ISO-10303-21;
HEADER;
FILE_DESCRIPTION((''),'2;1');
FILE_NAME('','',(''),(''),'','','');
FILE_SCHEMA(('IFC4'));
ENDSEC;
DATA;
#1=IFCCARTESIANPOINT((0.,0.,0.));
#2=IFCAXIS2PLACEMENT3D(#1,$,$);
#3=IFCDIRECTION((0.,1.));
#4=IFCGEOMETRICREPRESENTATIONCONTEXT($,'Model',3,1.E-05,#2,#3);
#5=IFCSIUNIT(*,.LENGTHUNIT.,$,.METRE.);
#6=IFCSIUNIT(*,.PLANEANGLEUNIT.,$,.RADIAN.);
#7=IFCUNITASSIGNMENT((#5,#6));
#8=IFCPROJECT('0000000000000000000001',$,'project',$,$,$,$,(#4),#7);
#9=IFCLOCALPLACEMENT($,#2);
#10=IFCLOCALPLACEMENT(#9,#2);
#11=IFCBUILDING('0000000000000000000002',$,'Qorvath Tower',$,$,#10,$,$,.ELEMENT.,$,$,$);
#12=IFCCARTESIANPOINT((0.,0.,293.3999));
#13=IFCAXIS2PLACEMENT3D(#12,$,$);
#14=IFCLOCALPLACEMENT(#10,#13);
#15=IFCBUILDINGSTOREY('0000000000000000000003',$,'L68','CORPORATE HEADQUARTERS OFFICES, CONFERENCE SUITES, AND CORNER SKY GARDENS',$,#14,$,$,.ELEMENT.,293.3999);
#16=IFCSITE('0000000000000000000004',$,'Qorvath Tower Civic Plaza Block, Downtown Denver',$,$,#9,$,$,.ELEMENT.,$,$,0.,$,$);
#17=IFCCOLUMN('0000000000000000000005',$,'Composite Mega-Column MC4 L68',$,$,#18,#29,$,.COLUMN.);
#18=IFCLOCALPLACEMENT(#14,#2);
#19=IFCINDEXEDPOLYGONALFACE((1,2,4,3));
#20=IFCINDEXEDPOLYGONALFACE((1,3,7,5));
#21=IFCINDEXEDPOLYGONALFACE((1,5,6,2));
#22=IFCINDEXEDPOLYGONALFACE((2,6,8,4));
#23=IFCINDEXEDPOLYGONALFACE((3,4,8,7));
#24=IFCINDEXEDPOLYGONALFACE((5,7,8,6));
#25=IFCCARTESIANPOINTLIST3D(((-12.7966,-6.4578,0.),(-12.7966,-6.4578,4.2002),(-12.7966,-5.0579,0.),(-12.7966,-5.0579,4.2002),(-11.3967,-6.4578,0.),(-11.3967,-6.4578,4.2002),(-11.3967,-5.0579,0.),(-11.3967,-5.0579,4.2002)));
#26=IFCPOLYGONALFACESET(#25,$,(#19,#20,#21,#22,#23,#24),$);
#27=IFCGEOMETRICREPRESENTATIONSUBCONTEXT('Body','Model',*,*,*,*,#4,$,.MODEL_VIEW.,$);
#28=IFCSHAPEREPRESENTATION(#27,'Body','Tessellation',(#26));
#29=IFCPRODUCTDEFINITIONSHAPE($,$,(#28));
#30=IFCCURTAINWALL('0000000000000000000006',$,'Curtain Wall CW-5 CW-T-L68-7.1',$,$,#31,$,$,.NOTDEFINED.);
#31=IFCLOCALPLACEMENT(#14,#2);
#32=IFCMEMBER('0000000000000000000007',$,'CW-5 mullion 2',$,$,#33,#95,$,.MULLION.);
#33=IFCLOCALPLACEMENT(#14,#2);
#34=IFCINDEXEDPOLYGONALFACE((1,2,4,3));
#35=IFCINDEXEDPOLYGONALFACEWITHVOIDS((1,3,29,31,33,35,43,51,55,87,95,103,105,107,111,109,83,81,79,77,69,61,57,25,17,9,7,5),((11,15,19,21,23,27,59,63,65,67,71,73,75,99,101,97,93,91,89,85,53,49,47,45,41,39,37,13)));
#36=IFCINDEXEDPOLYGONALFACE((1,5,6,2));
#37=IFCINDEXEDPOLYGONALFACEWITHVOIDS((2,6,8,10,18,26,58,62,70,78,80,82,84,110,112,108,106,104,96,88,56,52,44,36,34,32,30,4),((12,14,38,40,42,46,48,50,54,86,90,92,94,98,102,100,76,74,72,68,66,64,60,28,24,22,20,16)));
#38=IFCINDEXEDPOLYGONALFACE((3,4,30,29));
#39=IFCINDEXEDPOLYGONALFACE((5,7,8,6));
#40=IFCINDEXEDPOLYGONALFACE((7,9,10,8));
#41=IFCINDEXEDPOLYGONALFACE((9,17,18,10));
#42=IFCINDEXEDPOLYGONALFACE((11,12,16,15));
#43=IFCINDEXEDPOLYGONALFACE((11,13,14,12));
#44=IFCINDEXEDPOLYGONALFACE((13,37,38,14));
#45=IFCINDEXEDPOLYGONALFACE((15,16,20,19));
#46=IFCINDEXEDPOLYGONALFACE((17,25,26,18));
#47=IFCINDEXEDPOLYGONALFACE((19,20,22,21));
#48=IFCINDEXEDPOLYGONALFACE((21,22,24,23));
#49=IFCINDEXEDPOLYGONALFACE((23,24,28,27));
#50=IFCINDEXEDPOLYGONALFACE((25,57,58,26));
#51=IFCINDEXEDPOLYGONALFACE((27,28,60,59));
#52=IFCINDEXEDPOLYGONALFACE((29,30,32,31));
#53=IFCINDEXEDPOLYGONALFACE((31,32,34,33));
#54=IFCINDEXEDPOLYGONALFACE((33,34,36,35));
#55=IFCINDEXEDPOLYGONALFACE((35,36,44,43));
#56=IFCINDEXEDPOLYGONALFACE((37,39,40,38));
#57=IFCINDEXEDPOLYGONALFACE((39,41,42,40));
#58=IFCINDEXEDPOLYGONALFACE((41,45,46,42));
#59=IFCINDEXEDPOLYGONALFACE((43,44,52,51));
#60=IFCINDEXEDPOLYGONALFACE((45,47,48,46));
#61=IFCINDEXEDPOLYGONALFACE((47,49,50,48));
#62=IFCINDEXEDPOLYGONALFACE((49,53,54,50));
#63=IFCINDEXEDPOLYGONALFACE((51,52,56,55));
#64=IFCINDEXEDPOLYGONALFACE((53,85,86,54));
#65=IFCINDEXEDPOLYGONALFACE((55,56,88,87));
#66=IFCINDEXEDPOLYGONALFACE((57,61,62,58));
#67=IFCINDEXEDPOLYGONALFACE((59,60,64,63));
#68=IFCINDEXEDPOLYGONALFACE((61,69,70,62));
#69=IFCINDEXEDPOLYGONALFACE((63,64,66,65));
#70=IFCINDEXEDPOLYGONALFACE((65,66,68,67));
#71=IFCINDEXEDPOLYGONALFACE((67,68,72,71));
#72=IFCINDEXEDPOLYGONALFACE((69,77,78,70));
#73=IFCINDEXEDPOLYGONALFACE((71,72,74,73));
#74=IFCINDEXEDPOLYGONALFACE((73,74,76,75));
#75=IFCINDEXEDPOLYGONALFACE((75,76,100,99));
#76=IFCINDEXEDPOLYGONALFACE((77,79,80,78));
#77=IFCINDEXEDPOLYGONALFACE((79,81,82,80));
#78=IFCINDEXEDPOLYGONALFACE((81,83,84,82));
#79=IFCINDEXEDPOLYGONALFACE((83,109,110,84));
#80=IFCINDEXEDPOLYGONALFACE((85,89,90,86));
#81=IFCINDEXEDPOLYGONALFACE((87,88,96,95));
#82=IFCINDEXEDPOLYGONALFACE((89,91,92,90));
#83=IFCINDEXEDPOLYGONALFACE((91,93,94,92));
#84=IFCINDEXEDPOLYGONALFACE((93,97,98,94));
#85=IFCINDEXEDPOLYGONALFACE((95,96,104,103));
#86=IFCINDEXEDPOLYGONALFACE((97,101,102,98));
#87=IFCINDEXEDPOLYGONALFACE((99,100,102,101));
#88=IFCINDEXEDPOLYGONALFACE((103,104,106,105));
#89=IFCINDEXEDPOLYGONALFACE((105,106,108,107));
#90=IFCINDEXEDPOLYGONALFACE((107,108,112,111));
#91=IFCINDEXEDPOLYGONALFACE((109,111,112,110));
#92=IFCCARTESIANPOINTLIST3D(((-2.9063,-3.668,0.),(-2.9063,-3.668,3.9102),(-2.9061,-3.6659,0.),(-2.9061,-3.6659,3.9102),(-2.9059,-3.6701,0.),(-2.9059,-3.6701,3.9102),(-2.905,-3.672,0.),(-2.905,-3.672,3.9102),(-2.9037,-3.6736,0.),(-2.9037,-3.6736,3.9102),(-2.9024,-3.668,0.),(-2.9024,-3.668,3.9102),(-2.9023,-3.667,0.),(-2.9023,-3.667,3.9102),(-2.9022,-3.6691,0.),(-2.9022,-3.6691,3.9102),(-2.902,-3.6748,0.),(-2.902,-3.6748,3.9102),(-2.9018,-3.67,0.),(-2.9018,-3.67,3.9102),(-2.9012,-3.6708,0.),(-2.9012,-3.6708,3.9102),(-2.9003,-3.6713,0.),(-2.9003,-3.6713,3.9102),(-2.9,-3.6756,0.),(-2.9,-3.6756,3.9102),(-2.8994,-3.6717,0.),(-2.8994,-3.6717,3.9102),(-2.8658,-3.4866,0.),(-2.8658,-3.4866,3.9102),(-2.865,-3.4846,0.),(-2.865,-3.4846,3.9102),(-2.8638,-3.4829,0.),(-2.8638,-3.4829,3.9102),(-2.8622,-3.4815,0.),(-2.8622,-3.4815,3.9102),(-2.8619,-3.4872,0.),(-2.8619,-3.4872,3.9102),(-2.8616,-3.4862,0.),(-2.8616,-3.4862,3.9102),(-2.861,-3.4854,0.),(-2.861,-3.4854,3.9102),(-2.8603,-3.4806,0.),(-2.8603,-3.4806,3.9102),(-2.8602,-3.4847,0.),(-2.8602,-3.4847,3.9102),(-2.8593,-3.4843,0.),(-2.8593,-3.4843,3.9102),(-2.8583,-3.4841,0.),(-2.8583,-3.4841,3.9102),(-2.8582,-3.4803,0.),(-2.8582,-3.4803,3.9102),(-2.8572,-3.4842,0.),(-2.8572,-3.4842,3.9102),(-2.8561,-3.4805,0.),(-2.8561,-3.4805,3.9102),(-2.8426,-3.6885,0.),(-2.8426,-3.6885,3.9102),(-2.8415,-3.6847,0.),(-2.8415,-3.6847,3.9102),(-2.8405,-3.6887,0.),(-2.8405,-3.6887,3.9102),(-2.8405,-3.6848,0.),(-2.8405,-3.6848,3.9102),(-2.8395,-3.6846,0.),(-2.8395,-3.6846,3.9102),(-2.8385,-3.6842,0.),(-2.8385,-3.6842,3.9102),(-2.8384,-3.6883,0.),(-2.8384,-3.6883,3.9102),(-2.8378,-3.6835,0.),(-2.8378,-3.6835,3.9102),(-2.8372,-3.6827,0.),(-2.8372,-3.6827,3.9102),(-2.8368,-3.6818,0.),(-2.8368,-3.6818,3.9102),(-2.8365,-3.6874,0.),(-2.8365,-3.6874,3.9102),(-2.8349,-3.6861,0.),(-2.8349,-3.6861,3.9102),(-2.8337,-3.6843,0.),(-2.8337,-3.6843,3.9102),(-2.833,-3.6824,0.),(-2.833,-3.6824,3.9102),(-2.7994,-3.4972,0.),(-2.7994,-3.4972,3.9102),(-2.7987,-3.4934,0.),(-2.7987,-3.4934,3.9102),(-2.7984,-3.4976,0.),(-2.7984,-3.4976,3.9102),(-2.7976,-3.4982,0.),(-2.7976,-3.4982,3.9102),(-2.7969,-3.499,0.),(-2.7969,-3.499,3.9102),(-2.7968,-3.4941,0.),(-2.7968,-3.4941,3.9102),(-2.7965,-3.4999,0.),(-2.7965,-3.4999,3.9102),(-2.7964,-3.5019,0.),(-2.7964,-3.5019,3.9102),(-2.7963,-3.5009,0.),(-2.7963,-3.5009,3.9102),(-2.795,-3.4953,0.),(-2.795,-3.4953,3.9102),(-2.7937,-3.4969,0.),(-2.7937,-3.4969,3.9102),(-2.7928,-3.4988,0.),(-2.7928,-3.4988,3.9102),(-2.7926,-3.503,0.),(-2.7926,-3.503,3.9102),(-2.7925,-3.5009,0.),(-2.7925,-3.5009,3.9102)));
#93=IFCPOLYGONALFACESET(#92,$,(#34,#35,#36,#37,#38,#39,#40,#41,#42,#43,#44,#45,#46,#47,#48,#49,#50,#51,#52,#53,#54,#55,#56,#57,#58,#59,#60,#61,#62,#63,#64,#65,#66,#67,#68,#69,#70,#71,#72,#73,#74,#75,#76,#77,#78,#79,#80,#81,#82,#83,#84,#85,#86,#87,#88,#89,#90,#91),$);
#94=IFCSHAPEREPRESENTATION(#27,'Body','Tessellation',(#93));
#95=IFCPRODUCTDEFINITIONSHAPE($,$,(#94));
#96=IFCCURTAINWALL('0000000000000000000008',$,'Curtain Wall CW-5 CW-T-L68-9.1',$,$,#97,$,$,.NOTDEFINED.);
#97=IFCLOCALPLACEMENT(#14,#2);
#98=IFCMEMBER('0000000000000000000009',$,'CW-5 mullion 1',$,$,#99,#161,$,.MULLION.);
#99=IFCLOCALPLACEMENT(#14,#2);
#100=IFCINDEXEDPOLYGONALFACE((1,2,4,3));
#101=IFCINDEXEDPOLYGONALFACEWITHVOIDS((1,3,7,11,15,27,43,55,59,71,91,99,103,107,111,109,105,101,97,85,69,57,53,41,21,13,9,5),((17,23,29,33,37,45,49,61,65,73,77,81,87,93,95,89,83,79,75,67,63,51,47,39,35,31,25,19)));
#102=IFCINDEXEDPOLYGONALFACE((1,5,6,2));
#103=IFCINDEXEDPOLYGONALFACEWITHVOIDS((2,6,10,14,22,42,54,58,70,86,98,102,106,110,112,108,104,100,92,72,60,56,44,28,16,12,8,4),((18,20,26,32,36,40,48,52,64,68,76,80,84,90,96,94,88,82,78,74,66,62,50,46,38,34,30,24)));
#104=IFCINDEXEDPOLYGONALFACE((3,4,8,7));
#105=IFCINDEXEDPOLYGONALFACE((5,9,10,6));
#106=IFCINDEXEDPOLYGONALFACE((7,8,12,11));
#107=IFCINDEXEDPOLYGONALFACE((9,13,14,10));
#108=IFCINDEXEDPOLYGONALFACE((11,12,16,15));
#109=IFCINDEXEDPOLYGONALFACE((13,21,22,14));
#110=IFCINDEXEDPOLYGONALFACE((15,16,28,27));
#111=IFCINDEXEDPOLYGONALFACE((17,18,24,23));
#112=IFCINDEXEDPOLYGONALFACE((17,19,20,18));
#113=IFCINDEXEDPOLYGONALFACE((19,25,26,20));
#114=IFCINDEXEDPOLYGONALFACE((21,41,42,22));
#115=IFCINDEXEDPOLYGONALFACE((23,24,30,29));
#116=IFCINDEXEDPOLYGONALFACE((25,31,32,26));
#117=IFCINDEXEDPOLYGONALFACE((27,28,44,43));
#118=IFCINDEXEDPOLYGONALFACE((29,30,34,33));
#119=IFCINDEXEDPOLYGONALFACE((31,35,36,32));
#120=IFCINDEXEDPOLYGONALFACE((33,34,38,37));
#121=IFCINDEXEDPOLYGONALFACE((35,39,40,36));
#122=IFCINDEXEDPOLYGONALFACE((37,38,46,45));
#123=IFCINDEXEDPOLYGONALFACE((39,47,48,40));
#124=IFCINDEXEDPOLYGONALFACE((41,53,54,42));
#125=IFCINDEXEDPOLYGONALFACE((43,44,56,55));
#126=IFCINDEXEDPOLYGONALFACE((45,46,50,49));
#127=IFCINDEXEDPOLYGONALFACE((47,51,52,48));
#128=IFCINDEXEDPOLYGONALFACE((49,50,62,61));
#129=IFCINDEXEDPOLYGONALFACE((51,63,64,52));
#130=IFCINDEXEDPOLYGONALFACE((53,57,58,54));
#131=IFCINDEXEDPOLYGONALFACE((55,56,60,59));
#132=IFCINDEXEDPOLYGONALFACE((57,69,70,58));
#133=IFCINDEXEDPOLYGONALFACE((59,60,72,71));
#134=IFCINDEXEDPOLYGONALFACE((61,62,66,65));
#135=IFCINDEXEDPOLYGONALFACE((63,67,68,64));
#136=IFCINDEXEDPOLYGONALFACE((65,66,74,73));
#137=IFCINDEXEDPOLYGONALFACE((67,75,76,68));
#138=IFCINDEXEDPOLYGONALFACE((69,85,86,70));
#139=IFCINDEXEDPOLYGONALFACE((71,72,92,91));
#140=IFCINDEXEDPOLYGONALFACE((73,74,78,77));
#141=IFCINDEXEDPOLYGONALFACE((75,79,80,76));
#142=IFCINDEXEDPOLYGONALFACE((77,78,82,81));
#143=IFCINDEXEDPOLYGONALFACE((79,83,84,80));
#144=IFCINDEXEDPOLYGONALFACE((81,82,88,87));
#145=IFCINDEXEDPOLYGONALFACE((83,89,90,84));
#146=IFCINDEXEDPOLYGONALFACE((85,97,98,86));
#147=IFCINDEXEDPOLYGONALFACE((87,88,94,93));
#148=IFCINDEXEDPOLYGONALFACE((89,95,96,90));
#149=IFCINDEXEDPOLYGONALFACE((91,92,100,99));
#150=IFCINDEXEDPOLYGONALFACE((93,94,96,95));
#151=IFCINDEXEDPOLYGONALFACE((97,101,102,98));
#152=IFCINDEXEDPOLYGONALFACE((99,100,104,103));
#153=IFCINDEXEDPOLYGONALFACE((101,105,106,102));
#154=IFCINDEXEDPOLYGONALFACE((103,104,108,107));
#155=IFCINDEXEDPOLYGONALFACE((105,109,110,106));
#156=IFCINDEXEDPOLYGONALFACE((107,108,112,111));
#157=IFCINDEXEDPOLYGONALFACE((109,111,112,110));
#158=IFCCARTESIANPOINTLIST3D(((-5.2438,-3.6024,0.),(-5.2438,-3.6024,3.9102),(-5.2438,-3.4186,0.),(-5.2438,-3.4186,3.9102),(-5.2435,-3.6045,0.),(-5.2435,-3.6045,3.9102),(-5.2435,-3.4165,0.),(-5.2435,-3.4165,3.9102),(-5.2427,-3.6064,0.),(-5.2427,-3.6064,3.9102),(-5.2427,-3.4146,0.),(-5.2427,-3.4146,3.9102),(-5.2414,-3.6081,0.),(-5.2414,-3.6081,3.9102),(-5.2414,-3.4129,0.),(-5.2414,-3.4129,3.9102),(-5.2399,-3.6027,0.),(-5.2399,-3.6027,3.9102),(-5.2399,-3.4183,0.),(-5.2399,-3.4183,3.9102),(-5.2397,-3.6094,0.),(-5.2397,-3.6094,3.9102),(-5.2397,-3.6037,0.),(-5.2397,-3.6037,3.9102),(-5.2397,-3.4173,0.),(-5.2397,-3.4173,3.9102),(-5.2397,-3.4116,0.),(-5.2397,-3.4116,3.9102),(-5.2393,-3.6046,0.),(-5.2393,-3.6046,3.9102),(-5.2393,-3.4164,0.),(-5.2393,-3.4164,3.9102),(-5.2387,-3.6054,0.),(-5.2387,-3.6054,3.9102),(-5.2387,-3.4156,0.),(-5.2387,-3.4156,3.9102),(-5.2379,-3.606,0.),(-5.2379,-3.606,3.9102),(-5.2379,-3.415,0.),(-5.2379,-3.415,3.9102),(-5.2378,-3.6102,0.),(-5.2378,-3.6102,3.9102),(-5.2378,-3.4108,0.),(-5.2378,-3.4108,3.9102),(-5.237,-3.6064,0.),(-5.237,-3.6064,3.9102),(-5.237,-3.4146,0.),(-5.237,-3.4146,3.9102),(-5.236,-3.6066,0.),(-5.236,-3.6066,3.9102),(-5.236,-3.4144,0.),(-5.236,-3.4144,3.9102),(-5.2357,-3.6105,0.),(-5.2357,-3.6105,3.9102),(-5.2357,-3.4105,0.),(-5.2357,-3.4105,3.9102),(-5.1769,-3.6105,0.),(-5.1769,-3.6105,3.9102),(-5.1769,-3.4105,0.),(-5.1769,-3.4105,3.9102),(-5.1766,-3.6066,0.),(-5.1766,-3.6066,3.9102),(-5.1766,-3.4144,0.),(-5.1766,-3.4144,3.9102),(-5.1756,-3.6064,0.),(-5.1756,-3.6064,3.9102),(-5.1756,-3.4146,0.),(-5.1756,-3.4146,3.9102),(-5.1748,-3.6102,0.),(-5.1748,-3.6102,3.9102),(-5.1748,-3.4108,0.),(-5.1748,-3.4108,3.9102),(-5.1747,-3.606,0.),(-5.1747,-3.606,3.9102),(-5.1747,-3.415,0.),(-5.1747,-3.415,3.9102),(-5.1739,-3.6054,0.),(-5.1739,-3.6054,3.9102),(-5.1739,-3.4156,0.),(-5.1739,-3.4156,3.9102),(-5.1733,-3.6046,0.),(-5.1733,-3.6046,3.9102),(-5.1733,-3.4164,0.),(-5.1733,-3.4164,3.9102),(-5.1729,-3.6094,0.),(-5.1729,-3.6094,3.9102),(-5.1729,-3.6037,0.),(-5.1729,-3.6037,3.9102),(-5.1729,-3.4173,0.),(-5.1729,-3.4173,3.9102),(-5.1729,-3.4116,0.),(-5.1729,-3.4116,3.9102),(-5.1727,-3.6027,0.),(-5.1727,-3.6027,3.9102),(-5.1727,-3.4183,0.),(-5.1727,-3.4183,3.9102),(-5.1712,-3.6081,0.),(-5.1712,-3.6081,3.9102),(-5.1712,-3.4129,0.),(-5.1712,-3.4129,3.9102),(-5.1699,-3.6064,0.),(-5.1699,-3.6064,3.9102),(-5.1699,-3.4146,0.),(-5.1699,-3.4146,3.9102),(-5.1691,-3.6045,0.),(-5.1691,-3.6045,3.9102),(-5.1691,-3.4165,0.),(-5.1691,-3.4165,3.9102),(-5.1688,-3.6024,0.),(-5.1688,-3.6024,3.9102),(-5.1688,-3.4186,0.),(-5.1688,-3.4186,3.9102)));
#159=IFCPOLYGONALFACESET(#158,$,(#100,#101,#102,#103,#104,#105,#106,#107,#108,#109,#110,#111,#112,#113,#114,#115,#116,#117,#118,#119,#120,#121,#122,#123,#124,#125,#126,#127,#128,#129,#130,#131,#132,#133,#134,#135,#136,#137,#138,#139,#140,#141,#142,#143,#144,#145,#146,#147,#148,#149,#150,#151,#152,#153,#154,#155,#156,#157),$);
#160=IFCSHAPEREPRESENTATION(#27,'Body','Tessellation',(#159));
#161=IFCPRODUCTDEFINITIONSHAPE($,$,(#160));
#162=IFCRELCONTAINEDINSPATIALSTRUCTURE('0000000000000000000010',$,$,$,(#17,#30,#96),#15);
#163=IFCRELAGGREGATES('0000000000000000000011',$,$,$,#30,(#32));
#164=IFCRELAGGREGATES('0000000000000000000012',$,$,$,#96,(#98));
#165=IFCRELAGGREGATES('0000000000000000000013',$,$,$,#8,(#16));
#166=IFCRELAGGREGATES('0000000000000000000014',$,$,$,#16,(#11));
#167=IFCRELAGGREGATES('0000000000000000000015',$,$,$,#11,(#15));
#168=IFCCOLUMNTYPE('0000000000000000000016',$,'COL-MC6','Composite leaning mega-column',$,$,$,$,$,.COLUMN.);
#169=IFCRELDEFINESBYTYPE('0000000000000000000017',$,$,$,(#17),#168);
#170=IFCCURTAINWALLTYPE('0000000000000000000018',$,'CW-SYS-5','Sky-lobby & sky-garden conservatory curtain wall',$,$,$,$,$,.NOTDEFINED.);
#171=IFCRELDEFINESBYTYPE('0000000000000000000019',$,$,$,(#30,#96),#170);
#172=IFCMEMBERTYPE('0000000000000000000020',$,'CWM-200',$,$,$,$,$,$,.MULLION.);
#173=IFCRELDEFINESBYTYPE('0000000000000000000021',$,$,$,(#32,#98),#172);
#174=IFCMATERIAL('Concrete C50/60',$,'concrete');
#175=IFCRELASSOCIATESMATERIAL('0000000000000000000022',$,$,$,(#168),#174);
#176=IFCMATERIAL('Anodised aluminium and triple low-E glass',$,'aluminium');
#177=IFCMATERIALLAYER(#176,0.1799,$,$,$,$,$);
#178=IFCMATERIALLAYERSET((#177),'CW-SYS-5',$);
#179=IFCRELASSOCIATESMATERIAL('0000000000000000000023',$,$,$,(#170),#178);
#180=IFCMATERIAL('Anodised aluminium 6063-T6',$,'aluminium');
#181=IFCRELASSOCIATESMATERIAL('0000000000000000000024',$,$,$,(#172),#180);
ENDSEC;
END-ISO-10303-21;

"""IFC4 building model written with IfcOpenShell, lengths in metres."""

from ifc_helpers import new_model, si_unit, direction, frame, origin, origin_2d, place, context, subcontext, project, spatial, rectangle, hollow_rectangle, extrude, material, layer, layer_set, material_profile, profile_set, type_object, element, aggregate, save


model = new_model("IFC4")

# Units and contexts
model_context = context("Model", 3, precision=1e-05, world=origin(), true_north=direction((0.0, 1.0)))
body_context = subcontext(model_context, "Body", "Model", "MODEL_VIEW")
ifc_project = project(units=[si_unit("LENGTHUNIT", "METRE"), si_unit("PLANEANGLEUNIT", "RADIAN")], contexts=[model_context])

# Site, building, storey
site_placement = place(None, origin())
site = spatial("IfcSite", under=ifc_project, at=site_placement, Name="Qorvath Tower Civic Plaza Block, Downtown Denver", CompositionType="ELEMENT", RefElevation=0.0)
building_placement = place(site_placement, origin())
building = spatial("IfcBuilding", under=site, at=building_placement, Name="Qorvath Tower", CompositionType="ELEMENT")
storey_placement = place(building_placement, frame((0.0, 0.0, 293.3999)))
storey = spatial("IfcBuildingStorey", under=building, at=storey_placement, Name="L68", Description="CORPORATE HEADQUARTERS OFFICES, CONFERENCE SUITES, AND CORNER SKY GARDENS", CompositionType="ELEMENT", Elevation=293.3999)

# Column
ifc_material_1 = material(Name="Concrete C50/60", Category="concrete")
ifc_material_profile_1 = material_profile(ifc_material_1, rectangle(XDim=1.3999, YDim=1.3999, at=origin_2d()), Name="MC 1400x1400")
ifc_profile_set_1 = profile_set([ifc_material_profile_1], Name="Concrete C50/60")
column_type = type_object("IfcColumnType", Name="COL-MC6", Description="Composite leaning mega-column", PredefinedType="COLUMN", material=ifc_profile_set_1)
column_placement = place(storey_placement, frame((-12.0967, -5.7578, 0.0), z_axis=(0.0, 0.0, 1.0), x_axis=(1.0, 0.0, 0.0)))
element("IfcColumn", 1, at=column_placement, inside=storey, type_object=column_type, Name="Composite Mega-Column MC4 L68", PredefinedType="COLUMN", context=body_context, shape_type="SweptSolid", body=[
    extrude(rectangle(XDim=1.3999, YDim=1.3999, at=origin_2d()), origin(), (0.0, 0.0, 1.0), 4.2002),
])

# Curtain wall, member
ifc_material_2 = material(Name="Anodised aluminium and triple low-E glass", Category="aluminium")
ifc_layer_1 = layer(ifc_material_2, 0.1799)
ifc_layer_set_1 = layer_set([ifc_layer_1], Name="CW-SYS-5")
curtain_wall_type = type_object("IfcCurtainWallType", Name="CW-SYS-5", Description="Sky-lobby & sky-garden conservatory curtain wall", PredefinedType="NOTDEFINED", material=ifc_layer_set_1)
curtain_wall_1_placement = place(storey_placement, origin())
curtain_wall_1 = element("IfcCurtainWall", 2, at=curtain_wall_1_placement, inside=storey, type_object=curtain_wall_type, Name="Curtain Wall CW-5 CW-T-L68-7.1", PredefinedType="NOTDEFINED")
ifc_material_3 = material(Name="Anodised aluminium 6063-T6", Category="aluminium")
ifc_material_profile_2 = material_profile(ifc_material_3, hollow_rectangle(XDim=0.075, YDim=0.2, WallThickness=0.0039, InnerFilletRadius=0.0039, OuterFilletRadius=0.0081, at=origin_2d()), Name="CWM 200x75")
ifc_profile_set_2 = profile_set([ifc_material_profile_2], Name="Anodised aluminium 6063-T6")
member_type_1 = type_object("IfcMemberType", Name="CWM-200", PredefinedType="MULLION", material=ifc_profile_set_2)
member_1_placement = place(storey_placement, frame((-2.8494, -3.5845, 0.0), z_axis=(0.0, 0.0, 1.0), x_axis=(-0.975665, 0.219267, 0.0)))
member_1 = element("IfcMember", 3, at=member_1_placement, type_object=member_type_1, Name="CW-5 mullion 2", PredefinedType="MULLION", context=body_context, shape_type="SweptSolid", body=[
    extrude(hollow_rectangle(XDim=0.075, YDim=0.2, WallThickness=0.0039, InnerFilletRadius=0.0039, OuterFilletRadius=0.0081, at=origin_2d()), origin(), (0.0, 0.0, 1.0), 3.9102),
])
aggregate(curtain_wall_1, [member_1])

# Curtain wall, member
curtain_wall_2_placement = place(storey_placement, origin())
curtain_wall_2 = element("IfcCurtainWall", 4, at=curtain_wall_2_placement, inside=storey, type_object=curtain_wall_type, Name="Curtain Wall CW-5 CW-T-L68-9.1", PredefinedType="NOTDEFINED")
member_2_placement = place(storey_placement, frame((-5.2063, -3.5105, 0.0), z_axis=(0.0, 0.0, 1.0), x_axis=(-1.0, 0.0, 0.0)))
member_2 = element("IfcMember", 5, at=member_2_placement, type_object=member_type_1, Name="CW-5 mullion 1", PredefinedType="MULLION", context=body_context, shape_type="SweptSolid", body=[
    extrude(hollow_rectangle(XDim=0.075, YDim=0.2, WallThickness=0.0039, InnerFilletRadius=0.0039, OuterFilletRadius=0.0081, at=origin_2d()), origin(), (0.0, 0.0, 1.0), 3.9102),
])
aggregate(curtain_wall_2, [member_2])

save(model, "model.ifc")
